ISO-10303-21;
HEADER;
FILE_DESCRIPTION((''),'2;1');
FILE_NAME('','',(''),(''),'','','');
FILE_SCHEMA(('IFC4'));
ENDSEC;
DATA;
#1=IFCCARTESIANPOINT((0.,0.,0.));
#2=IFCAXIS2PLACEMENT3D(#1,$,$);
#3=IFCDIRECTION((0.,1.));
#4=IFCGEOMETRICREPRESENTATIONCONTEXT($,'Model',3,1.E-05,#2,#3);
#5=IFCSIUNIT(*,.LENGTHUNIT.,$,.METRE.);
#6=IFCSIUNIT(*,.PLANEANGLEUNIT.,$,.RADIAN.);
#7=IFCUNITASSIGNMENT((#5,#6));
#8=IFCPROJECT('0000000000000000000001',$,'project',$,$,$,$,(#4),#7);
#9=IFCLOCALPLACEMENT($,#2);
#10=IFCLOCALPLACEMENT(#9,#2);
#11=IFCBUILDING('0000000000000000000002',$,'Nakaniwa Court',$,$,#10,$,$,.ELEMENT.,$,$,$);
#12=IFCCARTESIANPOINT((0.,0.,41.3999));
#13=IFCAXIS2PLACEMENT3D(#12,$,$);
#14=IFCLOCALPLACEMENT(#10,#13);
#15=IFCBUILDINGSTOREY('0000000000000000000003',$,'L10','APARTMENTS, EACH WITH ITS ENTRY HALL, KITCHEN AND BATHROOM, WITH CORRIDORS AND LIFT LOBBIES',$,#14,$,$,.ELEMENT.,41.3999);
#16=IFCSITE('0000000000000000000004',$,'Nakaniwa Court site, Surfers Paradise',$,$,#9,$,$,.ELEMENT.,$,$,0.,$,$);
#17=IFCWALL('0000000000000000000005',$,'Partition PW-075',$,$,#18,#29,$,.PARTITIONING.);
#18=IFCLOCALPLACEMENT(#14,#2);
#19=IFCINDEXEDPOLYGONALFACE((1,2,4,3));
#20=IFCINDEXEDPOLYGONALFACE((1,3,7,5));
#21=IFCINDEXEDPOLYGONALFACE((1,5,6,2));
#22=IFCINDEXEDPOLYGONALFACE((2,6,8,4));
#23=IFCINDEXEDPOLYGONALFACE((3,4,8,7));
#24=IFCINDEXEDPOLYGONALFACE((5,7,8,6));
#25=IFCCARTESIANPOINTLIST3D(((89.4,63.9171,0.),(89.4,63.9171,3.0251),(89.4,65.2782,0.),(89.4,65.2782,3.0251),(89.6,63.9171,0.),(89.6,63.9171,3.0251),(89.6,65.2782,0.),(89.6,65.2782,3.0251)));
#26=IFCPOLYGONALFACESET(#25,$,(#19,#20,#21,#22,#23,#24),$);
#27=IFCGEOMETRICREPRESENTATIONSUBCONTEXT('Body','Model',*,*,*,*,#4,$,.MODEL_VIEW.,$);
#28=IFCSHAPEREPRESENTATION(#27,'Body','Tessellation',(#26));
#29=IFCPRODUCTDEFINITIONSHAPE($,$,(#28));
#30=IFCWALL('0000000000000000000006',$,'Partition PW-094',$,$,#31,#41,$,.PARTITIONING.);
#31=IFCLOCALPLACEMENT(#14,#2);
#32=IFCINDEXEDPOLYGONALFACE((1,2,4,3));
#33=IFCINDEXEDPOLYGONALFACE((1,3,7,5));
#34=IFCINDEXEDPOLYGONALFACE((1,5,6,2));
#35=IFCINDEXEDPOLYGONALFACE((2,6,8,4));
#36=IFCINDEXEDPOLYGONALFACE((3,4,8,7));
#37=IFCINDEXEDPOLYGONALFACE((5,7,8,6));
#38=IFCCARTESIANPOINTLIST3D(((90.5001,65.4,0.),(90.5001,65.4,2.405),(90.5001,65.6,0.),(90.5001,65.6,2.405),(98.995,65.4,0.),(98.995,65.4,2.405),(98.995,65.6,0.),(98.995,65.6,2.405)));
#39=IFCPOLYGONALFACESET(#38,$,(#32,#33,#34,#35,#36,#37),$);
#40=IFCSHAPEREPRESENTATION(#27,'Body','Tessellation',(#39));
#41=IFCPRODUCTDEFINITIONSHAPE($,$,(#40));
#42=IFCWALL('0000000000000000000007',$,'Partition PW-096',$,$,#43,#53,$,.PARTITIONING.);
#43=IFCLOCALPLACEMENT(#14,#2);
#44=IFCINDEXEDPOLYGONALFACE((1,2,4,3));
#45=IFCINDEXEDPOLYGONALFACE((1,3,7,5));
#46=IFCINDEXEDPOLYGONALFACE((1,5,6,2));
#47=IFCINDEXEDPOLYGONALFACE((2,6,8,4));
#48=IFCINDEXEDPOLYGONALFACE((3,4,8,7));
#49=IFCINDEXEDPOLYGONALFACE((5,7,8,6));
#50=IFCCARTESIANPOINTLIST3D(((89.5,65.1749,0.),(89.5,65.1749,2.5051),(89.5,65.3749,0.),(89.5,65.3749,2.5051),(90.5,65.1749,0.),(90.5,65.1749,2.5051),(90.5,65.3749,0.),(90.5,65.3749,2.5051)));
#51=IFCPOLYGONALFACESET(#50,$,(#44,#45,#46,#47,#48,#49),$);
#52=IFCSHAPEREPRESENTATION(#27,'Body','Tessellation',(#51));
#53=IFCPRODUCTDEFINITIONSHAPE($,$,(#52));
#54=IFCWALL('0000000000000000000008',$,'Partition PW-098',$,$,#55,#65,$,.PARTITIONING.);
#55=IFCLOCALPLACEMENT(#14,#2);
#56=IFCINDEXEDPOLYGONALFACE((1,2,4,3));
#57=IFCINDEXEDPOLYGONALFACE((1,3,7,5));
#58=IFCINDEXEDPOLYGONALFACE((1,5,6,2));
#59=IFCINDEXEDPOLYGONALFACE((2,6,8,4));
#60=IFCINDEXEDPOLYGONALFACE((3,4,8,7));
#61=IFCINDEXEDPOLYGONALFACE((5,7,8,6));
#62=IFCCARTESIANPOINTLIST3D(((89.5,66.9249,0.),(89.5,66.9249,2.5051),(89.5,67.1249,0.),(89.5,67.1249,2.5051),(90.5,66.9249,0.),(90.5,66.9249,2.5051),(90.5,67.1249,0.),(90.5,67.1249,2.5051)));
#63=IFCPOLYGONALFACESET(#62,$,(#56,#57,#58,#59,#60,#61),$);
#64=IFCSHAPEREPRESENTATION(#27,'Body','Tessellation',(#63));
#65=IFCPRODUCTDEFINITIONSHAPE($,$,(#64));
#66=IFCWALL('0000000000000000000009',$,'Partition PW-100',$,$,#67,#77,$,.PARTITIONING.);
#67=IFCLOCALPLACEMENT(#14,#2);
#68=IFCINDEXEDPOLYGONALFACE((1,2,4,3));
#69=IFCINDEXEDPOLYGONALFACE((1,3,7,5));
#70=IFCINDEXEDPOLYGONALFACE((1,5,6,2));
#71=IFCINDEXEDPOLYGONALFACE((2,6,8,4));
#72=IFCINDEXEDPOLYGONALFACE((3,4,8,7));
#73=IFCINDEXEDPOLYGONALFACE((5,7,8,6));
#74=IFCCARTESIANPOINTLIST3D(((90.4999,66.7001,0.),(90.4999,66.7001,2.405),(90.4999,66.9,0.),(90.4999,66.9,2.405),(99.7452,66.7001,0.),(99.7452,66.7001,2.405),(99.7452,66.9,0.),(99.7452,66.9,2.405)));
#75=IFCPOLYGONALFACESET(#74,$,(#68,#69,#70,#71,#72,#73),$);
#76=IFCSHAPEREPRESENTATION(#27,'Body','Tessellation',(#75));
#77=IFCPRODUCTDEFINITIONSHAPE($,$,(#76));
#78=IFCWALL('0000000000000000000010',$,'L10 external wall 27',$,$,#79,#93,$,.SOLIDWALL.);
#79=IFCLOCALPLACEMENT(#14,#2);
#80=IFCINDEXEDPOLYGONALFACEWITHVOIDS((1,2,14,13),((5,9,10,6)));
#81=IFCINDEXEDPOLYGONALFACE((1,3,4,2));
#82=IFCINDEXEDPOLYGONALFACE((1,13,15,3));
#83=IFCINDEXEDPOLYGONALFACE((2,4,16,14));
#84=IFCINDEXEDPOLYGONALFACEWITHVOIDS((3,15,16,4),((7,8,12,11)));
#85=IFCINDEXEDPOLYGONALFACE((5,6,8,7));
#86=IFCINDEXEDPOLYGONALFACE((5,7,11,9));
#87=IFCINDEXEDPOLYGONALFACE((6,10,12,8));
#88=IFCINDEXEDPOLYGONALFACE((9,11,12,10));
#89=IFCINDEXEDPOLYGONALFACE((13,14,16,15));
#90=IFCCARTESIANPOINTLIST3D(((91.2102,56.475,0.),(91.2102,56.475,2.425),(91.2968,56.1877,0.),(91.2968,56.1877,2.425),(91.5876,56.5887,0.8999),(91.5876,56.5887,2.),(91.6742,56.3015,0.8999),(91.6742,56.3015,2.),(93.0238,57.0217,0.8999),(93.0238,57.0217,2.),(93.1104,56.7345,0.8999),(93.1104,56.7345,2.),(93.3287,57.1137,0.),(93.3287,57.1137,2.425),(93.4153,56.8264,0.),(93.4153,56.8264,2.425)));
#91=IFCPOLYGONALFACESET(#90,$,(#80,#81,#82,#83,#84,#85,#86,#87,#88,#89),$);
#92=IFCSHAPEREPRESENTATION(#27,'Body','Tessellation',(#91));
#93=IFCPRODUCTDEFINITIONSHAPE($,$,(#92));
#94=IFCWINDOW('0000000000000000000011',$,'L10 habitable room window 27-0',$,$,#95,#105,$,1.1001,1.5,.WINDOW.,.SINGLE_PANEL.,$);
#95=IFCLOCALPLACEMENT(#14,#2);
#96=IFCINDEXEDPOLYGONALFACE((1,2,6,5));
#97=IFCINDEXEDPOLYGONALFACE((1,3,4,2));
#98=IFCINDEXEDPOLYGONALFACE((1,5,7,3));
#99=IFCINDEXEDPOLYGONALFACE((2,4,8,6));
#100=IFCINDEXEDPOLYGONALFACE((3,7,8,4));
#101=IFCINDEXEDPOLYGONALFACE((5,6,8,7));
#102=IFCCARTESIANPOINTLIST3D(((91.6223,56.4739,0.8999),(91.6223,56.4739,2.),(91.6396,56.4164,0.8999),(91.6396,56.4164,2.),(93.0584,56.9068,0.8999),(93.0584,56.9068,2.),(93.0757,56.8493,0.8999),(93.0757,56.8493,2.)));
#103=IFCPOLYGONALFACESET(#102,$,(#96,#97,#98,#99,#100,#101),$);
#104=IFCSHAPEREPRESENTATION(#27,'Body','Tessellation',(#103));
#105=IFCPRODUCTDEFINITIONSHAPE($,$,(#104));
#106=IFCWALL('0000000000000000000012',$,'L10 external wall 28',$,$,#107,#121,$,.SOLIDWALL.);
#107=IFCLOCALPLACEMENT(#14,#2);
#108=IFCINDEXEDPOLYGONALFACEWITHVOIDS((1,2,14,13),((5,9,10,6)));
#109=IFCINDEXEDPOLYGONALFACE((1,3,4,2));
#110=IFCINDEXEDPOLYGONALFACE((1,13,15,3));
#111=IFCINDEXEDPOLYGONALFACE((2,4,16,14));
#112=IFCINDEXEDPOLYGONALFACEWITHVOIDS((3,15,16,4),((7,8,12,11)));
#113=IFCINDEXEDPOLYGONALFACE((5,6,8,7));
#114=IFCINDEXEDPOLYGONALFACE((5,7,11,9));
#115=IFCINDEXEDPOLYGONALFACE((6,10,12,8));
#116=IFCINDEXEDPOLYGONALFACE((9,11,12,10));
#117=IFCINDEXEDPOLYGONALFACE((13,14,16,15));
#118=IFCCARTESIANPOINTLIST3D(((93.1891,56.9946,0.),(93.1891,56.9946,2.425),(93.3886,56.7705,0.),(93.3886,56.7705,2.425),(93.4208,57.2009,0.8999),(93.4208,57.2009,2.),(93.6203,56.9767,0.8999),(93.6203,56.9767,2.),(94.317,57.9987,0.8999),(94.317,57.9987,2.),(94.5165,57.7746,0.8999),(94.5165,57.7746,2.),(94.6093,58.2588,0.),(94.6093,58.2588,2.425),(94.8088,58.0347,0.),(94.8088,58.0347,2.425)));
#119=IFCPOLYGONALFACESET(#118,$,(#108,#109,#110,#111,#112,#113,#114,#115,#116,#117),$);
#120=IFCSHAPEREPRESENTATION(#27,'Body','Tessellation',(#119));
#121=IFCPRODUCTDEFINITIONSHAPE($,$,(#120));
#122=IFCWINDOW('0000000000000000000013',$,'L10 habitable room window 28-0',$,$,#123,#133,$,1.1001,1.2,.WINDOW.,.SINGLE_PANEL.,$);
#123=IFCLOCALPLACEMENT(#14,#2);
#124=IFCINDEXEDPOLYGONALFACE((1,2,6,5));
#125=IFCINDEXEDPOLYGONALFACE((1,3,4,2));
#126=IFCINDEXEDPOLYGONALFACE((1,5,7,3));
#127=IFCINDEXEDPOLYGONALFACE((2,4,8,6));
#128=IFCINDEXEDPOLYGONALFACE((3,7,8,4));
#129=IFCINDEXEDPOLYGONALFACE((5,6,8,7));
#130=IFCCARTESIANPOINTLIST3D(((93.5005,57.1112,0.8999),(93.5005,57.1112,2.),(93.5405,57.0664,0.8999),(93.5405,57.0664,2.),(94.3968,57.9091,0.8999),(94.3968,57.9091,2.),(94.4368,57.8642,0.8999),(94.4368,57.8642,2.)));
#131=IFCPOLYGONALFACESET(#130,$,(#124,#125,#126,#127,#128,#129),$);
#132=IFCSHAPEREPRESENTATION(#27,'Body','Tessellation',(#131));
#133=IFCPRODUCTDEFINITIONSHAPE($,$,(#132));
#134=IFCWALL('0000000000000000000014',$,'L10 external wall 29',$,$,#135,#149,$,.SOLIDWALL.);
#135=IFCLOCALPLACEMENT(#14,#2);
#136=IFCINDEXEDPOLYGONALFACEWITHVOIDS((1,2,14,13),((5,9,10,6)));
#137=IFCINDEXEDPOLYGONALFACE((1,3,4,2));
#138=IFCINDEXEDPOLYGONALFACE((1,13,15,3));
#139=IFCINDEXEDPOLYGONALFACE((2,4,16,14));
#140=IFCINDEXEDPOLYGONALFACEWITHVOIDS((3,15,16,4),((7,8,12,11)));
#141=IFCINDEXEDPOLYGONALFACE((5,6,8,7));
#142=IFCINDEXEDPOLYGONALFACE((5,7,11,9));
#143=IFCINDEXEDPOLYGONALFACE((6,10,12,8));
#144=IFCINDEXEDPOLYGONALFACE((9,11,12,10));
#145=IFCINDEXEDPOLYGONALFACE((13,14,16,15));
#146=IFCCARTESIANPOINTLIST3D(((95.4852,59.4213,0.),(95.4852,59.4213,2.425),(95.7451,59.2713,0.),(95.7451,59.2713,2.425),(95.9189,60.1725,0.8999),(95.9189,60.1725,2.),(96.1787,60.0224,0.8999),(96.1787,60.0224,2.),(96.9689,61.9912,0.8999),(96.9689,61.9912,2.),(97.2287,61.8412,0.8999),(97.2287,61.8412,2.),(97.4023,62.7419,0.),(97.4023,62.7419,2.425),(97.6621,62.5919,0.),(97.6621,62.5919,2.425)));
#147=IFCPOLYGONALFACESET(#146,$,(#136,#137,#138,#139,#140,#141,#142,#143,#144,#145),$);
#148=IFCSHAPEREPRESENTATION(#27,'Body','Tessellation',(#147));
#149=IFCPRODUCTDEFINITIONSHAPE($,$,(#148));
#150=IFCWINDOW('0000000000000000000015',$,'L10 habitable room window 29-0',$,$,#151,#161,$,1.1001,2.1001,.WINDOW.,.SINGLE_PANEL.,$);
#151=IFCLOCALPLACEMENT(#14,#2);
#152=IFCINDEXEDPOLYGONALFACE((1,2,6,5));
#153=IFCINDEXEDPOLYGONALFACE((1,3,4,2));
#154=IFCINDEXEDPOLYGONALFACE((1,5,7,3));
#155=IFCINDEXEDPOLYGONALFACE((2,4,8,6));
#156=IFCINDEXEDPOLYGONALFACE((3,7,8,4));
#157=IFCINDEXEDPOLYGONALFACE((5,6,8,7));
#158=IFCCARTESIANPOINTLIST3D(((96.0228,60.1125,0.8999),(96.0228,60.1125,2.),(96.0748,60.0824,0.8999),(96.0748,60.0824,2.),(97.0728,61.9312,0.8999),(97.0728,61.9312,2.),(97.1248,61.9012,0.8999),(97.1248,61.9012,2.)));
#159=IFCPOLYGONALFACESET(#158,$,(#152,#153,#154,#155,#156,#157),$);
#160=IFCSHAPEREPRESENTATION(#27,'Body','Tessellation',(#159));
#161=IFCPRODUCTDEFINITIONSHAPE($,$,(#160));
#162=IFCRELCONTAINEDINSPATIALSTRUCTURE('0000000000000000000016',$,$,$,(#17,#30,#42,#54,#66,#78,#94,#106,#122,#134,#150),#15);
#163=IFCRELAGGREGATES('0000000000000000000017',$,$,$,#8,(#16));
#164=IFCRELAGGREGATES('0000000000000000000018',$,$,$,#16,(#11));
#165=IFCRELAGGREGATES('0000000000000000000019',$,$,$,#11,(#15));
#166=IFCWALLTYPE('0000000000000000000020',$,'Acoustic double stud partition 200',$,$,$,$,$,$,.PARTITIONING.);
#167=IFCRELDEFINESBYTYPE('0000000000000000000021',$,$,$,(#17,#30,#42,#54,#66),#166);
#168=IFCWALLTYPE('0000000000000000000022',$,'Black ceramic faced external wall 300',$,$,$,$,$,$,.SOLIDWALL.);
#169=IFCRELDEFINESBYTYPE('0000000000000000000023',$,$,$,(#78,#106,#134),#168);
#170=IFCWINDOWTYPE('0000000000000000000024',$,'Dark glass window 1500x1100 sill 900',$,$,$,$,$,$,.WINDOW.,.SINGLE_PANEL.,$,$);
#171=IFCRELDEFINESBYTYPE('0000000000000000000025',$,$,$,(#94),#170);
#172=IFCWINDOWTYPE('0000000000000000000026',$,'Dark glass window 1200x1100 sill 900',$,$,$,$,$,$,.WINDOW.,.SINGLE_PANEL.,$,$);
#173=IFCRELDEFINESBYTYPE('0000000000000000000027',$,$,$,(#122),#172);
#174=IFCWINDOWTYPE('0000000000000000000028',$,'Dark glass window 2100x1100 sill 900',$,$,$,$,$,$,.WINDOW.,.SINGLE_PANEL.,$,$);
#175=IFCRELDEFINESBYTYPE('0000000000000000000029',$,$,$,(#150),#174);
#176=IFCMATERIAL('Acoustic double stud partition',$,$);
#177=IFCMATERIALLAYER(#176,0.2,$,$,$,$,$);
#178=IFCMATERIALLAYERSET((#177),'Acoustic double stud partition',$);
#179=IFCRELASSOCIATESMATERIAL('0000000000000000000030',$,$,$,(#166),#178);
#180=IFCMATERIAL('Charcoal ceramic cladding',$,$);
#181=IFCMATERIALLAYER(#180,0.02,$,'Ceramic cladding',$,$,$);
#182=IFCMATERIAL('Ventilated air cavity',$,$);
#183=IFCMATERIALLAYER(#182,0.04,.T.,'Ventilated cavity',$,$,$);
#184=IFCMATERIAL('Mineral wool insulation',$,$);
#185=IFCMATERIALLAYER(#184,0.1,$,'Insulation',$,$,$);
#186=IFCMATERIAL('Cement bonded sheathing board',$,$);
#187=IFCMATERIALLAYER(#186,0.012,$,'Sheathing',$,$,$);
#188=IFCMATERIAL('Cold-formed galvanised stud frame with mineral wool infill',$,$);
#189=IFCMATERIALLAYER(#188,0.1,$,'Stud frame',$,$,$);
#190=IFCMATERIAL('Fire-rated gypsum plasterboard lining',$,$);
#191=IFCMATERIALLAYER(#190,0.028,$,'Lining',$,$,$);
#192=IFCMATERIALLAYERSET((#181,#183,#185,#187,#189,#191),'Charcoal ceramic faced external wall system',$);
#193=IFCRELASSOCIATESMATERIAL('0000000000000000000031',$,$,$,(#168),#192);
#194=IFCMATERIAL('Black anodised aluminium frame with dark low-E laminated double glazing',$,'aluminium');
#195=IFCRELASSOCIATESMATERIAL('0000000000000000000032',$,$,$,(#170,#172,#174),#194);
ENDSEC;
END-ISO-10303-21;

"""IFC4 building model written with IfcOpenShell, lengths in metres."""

from ifc_helpers import new_model, si_unit, direction, frame, frame_2d, origin, place, context, subcontext, project, spatial, rectangle, extrude, material, layer, layer_set, type_object, element, fill, save


model = new_model("IFC4")

# Units and contexts
model_context = context("Model", 3, precision=1e-05, world=origin(), true_north=direction((0.0, 1.0)))
body_context = subcontext(model_context, "Body", "Model", "MODEL_VIEW")
ifc_project = project(units=[si_unit("LENGTHUNIT", "METRE"), si_unit("PLANEANGLEUNIT", "RADIAN")], contexts=[model_context])

# Site, building, storey
site_placement = place(None, origin())
site = spatial("IfcSite", under=ifc_project, at=site_placement, Name="Nakaniwa Court site, Surfers Paradise", CompositionType="ELEMENT", RefElevation=0.0)
building_placement = place(site_placement, origin())
building = spatial("IfcBuilding", under=site, at=building_placement, Name="Nakaniwa Court", CompositionType="ELEMENT")
storey_placement = place(building_placement, frame((0.0, 0.0, 41.3999)))
storey = spatial("IfcBuildingStorey", under=building, at=storey_placement, Name="L10", Description="APARTMENTS, EACH WITH ITS ENTRY HALL, KITCHEN AND BATHROOM, WITH CORRIDORS AND LIFT LOBBIES", CompositionType="ELEMENT", Elevation=41.3999)

# Shared definitions
ifc_material_1 = material(Name="Acoustic double stud partition")
ifc_layer_1 = layer(ifc_material_1, 0.2)
ifc_layer_set_1 = layer_set([ifc_layer_1], Name="Acoustic double stud partition")
wall_type_1 = type_object("IfcWallType", Name="Acoustic double stud partition 200", PredefinedType="PARTITIONING", material=ifc_layer_set_1)

# Walls
wall_1_placement = place(storey_placement, frame((89.5, 63.917, 0.0), z_axis=(0.0, 0.0, 1.0), x_axis=(0.0, 1.0, 0.0)))
element("IfcWall", 1, at=wall_1_placement, inside=storey, type_object=wall_type_1, Name="Partition PW-075", PredefinedType="PARTITIONING", context=body_context, shape_type="SweptSolid", body=[
    extrude(rectangle(XDim=1.3611, YDim=0.2, at=frame_2d((0.6807, 0.0))), origin(), (0.0, 0.0, 1.0), 3.0251),
])
wall_2_placement = place(storey_placement, frame((90.5, 65.5, 0.0), z_axis=(0.0, 0.0, 1.0), x_axis=(1.0, 0.0, 0.0)))
element("IfcWall", 2, at=wall_2_placement, inside=storey, type_object=wall_type_1, Name="Partition PW-094", PredefinedType="PARTITIONING", context=body_context, shape_type="SweptSolid", body=[
    extrude(rectangle(XDim=8.4949, YDim=0.2, at=frame_2d((4.2476, 0.0))), origin(), (0.0, 0.0, 1.0), 2.405),
])
for number, where, z_axis, x_axis, name in (
    (3, (89.5, 65.2749, 0.0), (0.0, 0.0, 1.0), (1.0, 0.0, 0.0), "Partition PW-096"),
    (4, (89.5, 67.0249, 0.0), (0.0, 0.0, 1.0), (1.0, 0.0, 0.0), "Partition PW-098"),
):
    element("IfcWall", number, at=place(storey_placement, frame(where, z_axis=z_axis, x_axis=x_axis)), inside=storey, type_object=wall_type_1, Name=name, PredefinedType="PARTITIONING", context=body_context, shape_type="SweptSolid", body=[
        extrude(rectangle(XDim=1.0, YDim=0.2, at=frame_2d((0.5, 0.0))), origin(), (0.0, 0.0, 1.0), 2.5051),
    ])
wall_3_placement = place(storey_placement, frame((90.5, 66.8, 0.0), z_axis=(0.0, 0.0, 1.0), x_axis=(1.0, 0.0, 0.0)))
element("IfcWall", 5, at=wall_3_placement, inside=storey, type_object=wall_type_1, Name="Partition PW-100", PredefinedType="PARTITIONING", context=body_context, shape_type="SweptSolid", body=[
    extrude(rectangle(XDim=9.2454, YDim=0.2, at=frame_2d((4.6226, 0.0))), origin(), (0.0, 0.0, 1.0), 2.405),
])

# Walls, openings, windows
ifc_material_2 = material(Name="Charcoal ceramic cladding")
ifc_layer_2 = layer(ifc_material_2, 0.02, Name="Ceramic cladding")
ifc_material_3 = material(Name="Ventilated air cavity")
ifc_layer_3 = layer(ifc_material_3, 0.04, ventilated=True, Name="Ventilated cavity")
ifc_material_4 = material(Name="Mineral wool insulation")
ifc_layer_4 = layer(ifc_material_4, 0.1, Name="Insulation")
ifc_material_5 = material(Name="Cement bonded sheathing board")
ifc_layer_5 = layer(ifc_material_5, 0.012, Name="Sheathing")
ifc_material_6 = material(Name="Cold-formed galvanised stud frame with mineral wool infill")
ifc_layer_6 = layer(ifc_material_6, 0.1, Name="Stud frame")
ifc_material_7 = material(Name="Fire-rated gypsum plasterboard lining")
ifc_layer_7 = layer(ifc_material_7, 0.028, Name="Lining")
ifc_layer_set_2 = layer_set([ifc_layer_2, ifc_layer_3, ifc_layer_4, ifc_layer_5, ifc_layer_6, ifc_layer_7], Name="Charcoal ceramic faced external wall system")
wall_type_2 = type_object("IfcWallType", Name="Black ceramic faced external wall 300", PredefinedType="SOLIDWALL", material=ifc_layer_set_2)
wall_4_placement = place(storey_placement, frame((91.2534, 56.3313, 0.0), z_axis=(0.0, 0.0, 1.0), x_axis=(0.957434, 0.288653, 0.0)))
wall_4 = element("IfcWall", 6, at=wall_4_placement, inside=storey, type_object=wall_type_2, Name="L10 external wall 27", PredefinedType="SOLIDWALL", context=body_context, shape_type="SweptSolid", body=[
    extrude(rectangle(XDim=2.2126, YDim=0.3, at=frame_2d((1.1064, 0.0))), origin(), (0.0, 0.0, 1.0), 2.425),
])
opening_1_placement = place(wall_4_placement, frame((0.3943, 0.0, 0.8999)))
opening_1 = element("IfcOpeningElement", 7, at=opening_1_placement, cuts=wall_4, PredefinedType="OPENING", context=body_context, shape_type="SweptSolid", body=[
    extrude(rectangle(XDim=1.5, YDim=1.1001, at=frame_2d((0.75, 0.55))), frame((0.0, 0.1599, 0.0), z_axis=(0.0, -1.0, 0.0), x_axis=(1.0, 0.0, 0.0)), (0.0, 0.0, 1.0), 0.3201),
])
ifc_material_8 = material(Name="Black anodised aluminium frame with dark low-E laminated double glazing", Category="aluminium")
window_type_1 = type_object("IfcWindowType", Name="Dark glass window 1500x1100 sill 900", PartitioningType="SINGLE_PANEL", PredefinedType="WINDOW", material=ifc_material_8)
window_1_placement = place(opening_1_placement, origin())
window_1 = element("IfcWindow", 8, at=window_1_placement, inside=storey, type_object=window_type_1, Name="L10 habitable room window 27-0", OverallHeight=1.1001, OverallWidth=1.5, PartitioningType="SINGLE_PANEL", PredefinedType="WINDOW", context=body_context, shape_type="SweptSolid", body=[
    extrude(rectangle(XDim=1.5, YDim=1.1001, at=frame_2d((0.75, 0.55))), frame((0.0, 0.03, 0.0), z_axis=(0.0, -1.0, 0.0), x_axis=(1.0, 0.0, 0.0)), (0.0, 0.0, 1.0), 0.0601),
])
fill(opening_1, window_1)
wall_5_placement = place(storey_placement, frame((93.2888, 56.8826, 0.0), z_axis=(0.0, 0.0, 1.0), x_axis=(0.746942, 0.66489, 0.0)))
wall_5 = element("IfcWall", 9, at=wall_5_placement, inside=storey, type_object=wall_type_2, Name="L10 external wall 28", PredefinedType="SOLIDWALL", context=body_context, shape_type="SweptSolid", body=[
    extrude(rectangle(XDim=1.9014, YDim=0.3, at=frame_2d((0.9507, 0.0))), origin(), (0.0, 0.0, 1.0), 2.425),
])
opening_2_placement = place(wall_5_placement, frame((0.3101, 0.0, 0.8999)))
opening_2 = element("IfcOpeningElement", 10, at=opening_2_placement, cuts=wall_5, PredefinedType="OPENING", context=body_context, shape_type="SweptSolid", body=[
    extrude(rectangle(XDim=1.2, YDim=1.1001, at=frame_2d((0.6001, 0.55))), frame((0.0, 0.1599, 0.0), z_axis=(0.0, -1.0, 0.0), x_axis=(1.0, 0.0, 0.0)), (0.0, 0.0, 1.0), 0.3201),
])
window_type_2 = type_object("IfcWindowType", Name="Dark glass window 1200x1100 sill 900", PartitioningType="SINGLE_PANEL", PredefinedType="WINDOW", material=ifc_material_8)
window_2_placement = place(opening_2_placement, origin())
window_2 = element("IfcWindow", 11, at=window_2_placement, inside=storey, type_object=window_type_2, Name="L10 habitable room window 28-0", OverallHeight=1.1001, OverallWidth=1.2, PartitioningType="SINGLE_PANEL", PredefinedType="WINDOW", context=body_context, shape_type="SweptSolid", body=[
    extrude(rectangle(XDim=1.2, YDim=1.1001, at=frame_2d((0.6001, 0.55))), frame((0.0, 0.03, 0.0), z_axis=(0.0, -1.0, 0.0), x_axis=(1.0, 0.0, 0.0)), (0.0, 0.0, 1.0), 0.0601),
])
fill(opening_2, window_2)
wall_6_placement = place(storey_placement, frame((95.6152, 59.3464, 0.0), z_axis=(0.0, 0.0, 1.0), x_axis=(0.499974, 0.86604, 0.0)))
wall_6 = element("IfcWall", 12, at=wall_6_placement, inside=storey, type_object=wall_type_2, Name="L10 external wall 29", PredefinedType="SOLIDWALL", context=body_context, shape_type="SweptSolid", body=[
    extrude(rectangle(XDim=3.8342, YDim=0.3, at=frame_2d((1.917, 0.0))), origin(), (0.0, 0.0, 1.0), 2.425),
])
opening_3_placement = place(wall_6_placement, frame((0.8672, 0.0, 0.8999)))
opening_3 = element("IfcOpeningElement", 13, at=opening_3_placement, cuts=wall_6, PredefinedType="OPENING", context=body_context, shape_type="SweptSolid", body=[
    extrude(rectangle(XDim=2.1001, YDim=1.1001, at=frame_2d((1.05, 0.55))), frame((0.0, 0.1599, 0.0), z_axis=(0.0, -1.0, 0.0), x_axis=(1.0, 0.0, 0.0)), (0.0, 0.0, 1.0), 0.3201),
])
window_type_3 = type_object("IfcWindowType", Name="Dark glass window 2100x1100 sill 900", PartitioningType="SINGLE_PANEL", PredefinedType="WINDOW", material=ifc_material_8)
window_3_placement = place(opening_3_placement, origin())
window_3 = element("IfcWindow", 14, at=window_3_placement, inside=storey, type_object=window_type_3, Name="L10 habitable room window 29-0", OverallHeight=1.1001, OverallWidth=2.1001, PartitioningType="SINGLE_PANEL", PredefinedType="WINDOW", context=body_context, shape_type="SweptSolid", body=[
    extrude(rectangle(XDim=2.1001, YDim=1.1001, at=frame_2d((1.05, 0.55))), frame((0.0, 0.03, 0.0), z_axis=(0.0, -1.0, 0.0), x_axis=(1.0, 0.0, 0.0)), (0.0, 0.0, 1.0), 0.0601),
])
fill(opening_3, window_3)

save(model, "model.ifc")
